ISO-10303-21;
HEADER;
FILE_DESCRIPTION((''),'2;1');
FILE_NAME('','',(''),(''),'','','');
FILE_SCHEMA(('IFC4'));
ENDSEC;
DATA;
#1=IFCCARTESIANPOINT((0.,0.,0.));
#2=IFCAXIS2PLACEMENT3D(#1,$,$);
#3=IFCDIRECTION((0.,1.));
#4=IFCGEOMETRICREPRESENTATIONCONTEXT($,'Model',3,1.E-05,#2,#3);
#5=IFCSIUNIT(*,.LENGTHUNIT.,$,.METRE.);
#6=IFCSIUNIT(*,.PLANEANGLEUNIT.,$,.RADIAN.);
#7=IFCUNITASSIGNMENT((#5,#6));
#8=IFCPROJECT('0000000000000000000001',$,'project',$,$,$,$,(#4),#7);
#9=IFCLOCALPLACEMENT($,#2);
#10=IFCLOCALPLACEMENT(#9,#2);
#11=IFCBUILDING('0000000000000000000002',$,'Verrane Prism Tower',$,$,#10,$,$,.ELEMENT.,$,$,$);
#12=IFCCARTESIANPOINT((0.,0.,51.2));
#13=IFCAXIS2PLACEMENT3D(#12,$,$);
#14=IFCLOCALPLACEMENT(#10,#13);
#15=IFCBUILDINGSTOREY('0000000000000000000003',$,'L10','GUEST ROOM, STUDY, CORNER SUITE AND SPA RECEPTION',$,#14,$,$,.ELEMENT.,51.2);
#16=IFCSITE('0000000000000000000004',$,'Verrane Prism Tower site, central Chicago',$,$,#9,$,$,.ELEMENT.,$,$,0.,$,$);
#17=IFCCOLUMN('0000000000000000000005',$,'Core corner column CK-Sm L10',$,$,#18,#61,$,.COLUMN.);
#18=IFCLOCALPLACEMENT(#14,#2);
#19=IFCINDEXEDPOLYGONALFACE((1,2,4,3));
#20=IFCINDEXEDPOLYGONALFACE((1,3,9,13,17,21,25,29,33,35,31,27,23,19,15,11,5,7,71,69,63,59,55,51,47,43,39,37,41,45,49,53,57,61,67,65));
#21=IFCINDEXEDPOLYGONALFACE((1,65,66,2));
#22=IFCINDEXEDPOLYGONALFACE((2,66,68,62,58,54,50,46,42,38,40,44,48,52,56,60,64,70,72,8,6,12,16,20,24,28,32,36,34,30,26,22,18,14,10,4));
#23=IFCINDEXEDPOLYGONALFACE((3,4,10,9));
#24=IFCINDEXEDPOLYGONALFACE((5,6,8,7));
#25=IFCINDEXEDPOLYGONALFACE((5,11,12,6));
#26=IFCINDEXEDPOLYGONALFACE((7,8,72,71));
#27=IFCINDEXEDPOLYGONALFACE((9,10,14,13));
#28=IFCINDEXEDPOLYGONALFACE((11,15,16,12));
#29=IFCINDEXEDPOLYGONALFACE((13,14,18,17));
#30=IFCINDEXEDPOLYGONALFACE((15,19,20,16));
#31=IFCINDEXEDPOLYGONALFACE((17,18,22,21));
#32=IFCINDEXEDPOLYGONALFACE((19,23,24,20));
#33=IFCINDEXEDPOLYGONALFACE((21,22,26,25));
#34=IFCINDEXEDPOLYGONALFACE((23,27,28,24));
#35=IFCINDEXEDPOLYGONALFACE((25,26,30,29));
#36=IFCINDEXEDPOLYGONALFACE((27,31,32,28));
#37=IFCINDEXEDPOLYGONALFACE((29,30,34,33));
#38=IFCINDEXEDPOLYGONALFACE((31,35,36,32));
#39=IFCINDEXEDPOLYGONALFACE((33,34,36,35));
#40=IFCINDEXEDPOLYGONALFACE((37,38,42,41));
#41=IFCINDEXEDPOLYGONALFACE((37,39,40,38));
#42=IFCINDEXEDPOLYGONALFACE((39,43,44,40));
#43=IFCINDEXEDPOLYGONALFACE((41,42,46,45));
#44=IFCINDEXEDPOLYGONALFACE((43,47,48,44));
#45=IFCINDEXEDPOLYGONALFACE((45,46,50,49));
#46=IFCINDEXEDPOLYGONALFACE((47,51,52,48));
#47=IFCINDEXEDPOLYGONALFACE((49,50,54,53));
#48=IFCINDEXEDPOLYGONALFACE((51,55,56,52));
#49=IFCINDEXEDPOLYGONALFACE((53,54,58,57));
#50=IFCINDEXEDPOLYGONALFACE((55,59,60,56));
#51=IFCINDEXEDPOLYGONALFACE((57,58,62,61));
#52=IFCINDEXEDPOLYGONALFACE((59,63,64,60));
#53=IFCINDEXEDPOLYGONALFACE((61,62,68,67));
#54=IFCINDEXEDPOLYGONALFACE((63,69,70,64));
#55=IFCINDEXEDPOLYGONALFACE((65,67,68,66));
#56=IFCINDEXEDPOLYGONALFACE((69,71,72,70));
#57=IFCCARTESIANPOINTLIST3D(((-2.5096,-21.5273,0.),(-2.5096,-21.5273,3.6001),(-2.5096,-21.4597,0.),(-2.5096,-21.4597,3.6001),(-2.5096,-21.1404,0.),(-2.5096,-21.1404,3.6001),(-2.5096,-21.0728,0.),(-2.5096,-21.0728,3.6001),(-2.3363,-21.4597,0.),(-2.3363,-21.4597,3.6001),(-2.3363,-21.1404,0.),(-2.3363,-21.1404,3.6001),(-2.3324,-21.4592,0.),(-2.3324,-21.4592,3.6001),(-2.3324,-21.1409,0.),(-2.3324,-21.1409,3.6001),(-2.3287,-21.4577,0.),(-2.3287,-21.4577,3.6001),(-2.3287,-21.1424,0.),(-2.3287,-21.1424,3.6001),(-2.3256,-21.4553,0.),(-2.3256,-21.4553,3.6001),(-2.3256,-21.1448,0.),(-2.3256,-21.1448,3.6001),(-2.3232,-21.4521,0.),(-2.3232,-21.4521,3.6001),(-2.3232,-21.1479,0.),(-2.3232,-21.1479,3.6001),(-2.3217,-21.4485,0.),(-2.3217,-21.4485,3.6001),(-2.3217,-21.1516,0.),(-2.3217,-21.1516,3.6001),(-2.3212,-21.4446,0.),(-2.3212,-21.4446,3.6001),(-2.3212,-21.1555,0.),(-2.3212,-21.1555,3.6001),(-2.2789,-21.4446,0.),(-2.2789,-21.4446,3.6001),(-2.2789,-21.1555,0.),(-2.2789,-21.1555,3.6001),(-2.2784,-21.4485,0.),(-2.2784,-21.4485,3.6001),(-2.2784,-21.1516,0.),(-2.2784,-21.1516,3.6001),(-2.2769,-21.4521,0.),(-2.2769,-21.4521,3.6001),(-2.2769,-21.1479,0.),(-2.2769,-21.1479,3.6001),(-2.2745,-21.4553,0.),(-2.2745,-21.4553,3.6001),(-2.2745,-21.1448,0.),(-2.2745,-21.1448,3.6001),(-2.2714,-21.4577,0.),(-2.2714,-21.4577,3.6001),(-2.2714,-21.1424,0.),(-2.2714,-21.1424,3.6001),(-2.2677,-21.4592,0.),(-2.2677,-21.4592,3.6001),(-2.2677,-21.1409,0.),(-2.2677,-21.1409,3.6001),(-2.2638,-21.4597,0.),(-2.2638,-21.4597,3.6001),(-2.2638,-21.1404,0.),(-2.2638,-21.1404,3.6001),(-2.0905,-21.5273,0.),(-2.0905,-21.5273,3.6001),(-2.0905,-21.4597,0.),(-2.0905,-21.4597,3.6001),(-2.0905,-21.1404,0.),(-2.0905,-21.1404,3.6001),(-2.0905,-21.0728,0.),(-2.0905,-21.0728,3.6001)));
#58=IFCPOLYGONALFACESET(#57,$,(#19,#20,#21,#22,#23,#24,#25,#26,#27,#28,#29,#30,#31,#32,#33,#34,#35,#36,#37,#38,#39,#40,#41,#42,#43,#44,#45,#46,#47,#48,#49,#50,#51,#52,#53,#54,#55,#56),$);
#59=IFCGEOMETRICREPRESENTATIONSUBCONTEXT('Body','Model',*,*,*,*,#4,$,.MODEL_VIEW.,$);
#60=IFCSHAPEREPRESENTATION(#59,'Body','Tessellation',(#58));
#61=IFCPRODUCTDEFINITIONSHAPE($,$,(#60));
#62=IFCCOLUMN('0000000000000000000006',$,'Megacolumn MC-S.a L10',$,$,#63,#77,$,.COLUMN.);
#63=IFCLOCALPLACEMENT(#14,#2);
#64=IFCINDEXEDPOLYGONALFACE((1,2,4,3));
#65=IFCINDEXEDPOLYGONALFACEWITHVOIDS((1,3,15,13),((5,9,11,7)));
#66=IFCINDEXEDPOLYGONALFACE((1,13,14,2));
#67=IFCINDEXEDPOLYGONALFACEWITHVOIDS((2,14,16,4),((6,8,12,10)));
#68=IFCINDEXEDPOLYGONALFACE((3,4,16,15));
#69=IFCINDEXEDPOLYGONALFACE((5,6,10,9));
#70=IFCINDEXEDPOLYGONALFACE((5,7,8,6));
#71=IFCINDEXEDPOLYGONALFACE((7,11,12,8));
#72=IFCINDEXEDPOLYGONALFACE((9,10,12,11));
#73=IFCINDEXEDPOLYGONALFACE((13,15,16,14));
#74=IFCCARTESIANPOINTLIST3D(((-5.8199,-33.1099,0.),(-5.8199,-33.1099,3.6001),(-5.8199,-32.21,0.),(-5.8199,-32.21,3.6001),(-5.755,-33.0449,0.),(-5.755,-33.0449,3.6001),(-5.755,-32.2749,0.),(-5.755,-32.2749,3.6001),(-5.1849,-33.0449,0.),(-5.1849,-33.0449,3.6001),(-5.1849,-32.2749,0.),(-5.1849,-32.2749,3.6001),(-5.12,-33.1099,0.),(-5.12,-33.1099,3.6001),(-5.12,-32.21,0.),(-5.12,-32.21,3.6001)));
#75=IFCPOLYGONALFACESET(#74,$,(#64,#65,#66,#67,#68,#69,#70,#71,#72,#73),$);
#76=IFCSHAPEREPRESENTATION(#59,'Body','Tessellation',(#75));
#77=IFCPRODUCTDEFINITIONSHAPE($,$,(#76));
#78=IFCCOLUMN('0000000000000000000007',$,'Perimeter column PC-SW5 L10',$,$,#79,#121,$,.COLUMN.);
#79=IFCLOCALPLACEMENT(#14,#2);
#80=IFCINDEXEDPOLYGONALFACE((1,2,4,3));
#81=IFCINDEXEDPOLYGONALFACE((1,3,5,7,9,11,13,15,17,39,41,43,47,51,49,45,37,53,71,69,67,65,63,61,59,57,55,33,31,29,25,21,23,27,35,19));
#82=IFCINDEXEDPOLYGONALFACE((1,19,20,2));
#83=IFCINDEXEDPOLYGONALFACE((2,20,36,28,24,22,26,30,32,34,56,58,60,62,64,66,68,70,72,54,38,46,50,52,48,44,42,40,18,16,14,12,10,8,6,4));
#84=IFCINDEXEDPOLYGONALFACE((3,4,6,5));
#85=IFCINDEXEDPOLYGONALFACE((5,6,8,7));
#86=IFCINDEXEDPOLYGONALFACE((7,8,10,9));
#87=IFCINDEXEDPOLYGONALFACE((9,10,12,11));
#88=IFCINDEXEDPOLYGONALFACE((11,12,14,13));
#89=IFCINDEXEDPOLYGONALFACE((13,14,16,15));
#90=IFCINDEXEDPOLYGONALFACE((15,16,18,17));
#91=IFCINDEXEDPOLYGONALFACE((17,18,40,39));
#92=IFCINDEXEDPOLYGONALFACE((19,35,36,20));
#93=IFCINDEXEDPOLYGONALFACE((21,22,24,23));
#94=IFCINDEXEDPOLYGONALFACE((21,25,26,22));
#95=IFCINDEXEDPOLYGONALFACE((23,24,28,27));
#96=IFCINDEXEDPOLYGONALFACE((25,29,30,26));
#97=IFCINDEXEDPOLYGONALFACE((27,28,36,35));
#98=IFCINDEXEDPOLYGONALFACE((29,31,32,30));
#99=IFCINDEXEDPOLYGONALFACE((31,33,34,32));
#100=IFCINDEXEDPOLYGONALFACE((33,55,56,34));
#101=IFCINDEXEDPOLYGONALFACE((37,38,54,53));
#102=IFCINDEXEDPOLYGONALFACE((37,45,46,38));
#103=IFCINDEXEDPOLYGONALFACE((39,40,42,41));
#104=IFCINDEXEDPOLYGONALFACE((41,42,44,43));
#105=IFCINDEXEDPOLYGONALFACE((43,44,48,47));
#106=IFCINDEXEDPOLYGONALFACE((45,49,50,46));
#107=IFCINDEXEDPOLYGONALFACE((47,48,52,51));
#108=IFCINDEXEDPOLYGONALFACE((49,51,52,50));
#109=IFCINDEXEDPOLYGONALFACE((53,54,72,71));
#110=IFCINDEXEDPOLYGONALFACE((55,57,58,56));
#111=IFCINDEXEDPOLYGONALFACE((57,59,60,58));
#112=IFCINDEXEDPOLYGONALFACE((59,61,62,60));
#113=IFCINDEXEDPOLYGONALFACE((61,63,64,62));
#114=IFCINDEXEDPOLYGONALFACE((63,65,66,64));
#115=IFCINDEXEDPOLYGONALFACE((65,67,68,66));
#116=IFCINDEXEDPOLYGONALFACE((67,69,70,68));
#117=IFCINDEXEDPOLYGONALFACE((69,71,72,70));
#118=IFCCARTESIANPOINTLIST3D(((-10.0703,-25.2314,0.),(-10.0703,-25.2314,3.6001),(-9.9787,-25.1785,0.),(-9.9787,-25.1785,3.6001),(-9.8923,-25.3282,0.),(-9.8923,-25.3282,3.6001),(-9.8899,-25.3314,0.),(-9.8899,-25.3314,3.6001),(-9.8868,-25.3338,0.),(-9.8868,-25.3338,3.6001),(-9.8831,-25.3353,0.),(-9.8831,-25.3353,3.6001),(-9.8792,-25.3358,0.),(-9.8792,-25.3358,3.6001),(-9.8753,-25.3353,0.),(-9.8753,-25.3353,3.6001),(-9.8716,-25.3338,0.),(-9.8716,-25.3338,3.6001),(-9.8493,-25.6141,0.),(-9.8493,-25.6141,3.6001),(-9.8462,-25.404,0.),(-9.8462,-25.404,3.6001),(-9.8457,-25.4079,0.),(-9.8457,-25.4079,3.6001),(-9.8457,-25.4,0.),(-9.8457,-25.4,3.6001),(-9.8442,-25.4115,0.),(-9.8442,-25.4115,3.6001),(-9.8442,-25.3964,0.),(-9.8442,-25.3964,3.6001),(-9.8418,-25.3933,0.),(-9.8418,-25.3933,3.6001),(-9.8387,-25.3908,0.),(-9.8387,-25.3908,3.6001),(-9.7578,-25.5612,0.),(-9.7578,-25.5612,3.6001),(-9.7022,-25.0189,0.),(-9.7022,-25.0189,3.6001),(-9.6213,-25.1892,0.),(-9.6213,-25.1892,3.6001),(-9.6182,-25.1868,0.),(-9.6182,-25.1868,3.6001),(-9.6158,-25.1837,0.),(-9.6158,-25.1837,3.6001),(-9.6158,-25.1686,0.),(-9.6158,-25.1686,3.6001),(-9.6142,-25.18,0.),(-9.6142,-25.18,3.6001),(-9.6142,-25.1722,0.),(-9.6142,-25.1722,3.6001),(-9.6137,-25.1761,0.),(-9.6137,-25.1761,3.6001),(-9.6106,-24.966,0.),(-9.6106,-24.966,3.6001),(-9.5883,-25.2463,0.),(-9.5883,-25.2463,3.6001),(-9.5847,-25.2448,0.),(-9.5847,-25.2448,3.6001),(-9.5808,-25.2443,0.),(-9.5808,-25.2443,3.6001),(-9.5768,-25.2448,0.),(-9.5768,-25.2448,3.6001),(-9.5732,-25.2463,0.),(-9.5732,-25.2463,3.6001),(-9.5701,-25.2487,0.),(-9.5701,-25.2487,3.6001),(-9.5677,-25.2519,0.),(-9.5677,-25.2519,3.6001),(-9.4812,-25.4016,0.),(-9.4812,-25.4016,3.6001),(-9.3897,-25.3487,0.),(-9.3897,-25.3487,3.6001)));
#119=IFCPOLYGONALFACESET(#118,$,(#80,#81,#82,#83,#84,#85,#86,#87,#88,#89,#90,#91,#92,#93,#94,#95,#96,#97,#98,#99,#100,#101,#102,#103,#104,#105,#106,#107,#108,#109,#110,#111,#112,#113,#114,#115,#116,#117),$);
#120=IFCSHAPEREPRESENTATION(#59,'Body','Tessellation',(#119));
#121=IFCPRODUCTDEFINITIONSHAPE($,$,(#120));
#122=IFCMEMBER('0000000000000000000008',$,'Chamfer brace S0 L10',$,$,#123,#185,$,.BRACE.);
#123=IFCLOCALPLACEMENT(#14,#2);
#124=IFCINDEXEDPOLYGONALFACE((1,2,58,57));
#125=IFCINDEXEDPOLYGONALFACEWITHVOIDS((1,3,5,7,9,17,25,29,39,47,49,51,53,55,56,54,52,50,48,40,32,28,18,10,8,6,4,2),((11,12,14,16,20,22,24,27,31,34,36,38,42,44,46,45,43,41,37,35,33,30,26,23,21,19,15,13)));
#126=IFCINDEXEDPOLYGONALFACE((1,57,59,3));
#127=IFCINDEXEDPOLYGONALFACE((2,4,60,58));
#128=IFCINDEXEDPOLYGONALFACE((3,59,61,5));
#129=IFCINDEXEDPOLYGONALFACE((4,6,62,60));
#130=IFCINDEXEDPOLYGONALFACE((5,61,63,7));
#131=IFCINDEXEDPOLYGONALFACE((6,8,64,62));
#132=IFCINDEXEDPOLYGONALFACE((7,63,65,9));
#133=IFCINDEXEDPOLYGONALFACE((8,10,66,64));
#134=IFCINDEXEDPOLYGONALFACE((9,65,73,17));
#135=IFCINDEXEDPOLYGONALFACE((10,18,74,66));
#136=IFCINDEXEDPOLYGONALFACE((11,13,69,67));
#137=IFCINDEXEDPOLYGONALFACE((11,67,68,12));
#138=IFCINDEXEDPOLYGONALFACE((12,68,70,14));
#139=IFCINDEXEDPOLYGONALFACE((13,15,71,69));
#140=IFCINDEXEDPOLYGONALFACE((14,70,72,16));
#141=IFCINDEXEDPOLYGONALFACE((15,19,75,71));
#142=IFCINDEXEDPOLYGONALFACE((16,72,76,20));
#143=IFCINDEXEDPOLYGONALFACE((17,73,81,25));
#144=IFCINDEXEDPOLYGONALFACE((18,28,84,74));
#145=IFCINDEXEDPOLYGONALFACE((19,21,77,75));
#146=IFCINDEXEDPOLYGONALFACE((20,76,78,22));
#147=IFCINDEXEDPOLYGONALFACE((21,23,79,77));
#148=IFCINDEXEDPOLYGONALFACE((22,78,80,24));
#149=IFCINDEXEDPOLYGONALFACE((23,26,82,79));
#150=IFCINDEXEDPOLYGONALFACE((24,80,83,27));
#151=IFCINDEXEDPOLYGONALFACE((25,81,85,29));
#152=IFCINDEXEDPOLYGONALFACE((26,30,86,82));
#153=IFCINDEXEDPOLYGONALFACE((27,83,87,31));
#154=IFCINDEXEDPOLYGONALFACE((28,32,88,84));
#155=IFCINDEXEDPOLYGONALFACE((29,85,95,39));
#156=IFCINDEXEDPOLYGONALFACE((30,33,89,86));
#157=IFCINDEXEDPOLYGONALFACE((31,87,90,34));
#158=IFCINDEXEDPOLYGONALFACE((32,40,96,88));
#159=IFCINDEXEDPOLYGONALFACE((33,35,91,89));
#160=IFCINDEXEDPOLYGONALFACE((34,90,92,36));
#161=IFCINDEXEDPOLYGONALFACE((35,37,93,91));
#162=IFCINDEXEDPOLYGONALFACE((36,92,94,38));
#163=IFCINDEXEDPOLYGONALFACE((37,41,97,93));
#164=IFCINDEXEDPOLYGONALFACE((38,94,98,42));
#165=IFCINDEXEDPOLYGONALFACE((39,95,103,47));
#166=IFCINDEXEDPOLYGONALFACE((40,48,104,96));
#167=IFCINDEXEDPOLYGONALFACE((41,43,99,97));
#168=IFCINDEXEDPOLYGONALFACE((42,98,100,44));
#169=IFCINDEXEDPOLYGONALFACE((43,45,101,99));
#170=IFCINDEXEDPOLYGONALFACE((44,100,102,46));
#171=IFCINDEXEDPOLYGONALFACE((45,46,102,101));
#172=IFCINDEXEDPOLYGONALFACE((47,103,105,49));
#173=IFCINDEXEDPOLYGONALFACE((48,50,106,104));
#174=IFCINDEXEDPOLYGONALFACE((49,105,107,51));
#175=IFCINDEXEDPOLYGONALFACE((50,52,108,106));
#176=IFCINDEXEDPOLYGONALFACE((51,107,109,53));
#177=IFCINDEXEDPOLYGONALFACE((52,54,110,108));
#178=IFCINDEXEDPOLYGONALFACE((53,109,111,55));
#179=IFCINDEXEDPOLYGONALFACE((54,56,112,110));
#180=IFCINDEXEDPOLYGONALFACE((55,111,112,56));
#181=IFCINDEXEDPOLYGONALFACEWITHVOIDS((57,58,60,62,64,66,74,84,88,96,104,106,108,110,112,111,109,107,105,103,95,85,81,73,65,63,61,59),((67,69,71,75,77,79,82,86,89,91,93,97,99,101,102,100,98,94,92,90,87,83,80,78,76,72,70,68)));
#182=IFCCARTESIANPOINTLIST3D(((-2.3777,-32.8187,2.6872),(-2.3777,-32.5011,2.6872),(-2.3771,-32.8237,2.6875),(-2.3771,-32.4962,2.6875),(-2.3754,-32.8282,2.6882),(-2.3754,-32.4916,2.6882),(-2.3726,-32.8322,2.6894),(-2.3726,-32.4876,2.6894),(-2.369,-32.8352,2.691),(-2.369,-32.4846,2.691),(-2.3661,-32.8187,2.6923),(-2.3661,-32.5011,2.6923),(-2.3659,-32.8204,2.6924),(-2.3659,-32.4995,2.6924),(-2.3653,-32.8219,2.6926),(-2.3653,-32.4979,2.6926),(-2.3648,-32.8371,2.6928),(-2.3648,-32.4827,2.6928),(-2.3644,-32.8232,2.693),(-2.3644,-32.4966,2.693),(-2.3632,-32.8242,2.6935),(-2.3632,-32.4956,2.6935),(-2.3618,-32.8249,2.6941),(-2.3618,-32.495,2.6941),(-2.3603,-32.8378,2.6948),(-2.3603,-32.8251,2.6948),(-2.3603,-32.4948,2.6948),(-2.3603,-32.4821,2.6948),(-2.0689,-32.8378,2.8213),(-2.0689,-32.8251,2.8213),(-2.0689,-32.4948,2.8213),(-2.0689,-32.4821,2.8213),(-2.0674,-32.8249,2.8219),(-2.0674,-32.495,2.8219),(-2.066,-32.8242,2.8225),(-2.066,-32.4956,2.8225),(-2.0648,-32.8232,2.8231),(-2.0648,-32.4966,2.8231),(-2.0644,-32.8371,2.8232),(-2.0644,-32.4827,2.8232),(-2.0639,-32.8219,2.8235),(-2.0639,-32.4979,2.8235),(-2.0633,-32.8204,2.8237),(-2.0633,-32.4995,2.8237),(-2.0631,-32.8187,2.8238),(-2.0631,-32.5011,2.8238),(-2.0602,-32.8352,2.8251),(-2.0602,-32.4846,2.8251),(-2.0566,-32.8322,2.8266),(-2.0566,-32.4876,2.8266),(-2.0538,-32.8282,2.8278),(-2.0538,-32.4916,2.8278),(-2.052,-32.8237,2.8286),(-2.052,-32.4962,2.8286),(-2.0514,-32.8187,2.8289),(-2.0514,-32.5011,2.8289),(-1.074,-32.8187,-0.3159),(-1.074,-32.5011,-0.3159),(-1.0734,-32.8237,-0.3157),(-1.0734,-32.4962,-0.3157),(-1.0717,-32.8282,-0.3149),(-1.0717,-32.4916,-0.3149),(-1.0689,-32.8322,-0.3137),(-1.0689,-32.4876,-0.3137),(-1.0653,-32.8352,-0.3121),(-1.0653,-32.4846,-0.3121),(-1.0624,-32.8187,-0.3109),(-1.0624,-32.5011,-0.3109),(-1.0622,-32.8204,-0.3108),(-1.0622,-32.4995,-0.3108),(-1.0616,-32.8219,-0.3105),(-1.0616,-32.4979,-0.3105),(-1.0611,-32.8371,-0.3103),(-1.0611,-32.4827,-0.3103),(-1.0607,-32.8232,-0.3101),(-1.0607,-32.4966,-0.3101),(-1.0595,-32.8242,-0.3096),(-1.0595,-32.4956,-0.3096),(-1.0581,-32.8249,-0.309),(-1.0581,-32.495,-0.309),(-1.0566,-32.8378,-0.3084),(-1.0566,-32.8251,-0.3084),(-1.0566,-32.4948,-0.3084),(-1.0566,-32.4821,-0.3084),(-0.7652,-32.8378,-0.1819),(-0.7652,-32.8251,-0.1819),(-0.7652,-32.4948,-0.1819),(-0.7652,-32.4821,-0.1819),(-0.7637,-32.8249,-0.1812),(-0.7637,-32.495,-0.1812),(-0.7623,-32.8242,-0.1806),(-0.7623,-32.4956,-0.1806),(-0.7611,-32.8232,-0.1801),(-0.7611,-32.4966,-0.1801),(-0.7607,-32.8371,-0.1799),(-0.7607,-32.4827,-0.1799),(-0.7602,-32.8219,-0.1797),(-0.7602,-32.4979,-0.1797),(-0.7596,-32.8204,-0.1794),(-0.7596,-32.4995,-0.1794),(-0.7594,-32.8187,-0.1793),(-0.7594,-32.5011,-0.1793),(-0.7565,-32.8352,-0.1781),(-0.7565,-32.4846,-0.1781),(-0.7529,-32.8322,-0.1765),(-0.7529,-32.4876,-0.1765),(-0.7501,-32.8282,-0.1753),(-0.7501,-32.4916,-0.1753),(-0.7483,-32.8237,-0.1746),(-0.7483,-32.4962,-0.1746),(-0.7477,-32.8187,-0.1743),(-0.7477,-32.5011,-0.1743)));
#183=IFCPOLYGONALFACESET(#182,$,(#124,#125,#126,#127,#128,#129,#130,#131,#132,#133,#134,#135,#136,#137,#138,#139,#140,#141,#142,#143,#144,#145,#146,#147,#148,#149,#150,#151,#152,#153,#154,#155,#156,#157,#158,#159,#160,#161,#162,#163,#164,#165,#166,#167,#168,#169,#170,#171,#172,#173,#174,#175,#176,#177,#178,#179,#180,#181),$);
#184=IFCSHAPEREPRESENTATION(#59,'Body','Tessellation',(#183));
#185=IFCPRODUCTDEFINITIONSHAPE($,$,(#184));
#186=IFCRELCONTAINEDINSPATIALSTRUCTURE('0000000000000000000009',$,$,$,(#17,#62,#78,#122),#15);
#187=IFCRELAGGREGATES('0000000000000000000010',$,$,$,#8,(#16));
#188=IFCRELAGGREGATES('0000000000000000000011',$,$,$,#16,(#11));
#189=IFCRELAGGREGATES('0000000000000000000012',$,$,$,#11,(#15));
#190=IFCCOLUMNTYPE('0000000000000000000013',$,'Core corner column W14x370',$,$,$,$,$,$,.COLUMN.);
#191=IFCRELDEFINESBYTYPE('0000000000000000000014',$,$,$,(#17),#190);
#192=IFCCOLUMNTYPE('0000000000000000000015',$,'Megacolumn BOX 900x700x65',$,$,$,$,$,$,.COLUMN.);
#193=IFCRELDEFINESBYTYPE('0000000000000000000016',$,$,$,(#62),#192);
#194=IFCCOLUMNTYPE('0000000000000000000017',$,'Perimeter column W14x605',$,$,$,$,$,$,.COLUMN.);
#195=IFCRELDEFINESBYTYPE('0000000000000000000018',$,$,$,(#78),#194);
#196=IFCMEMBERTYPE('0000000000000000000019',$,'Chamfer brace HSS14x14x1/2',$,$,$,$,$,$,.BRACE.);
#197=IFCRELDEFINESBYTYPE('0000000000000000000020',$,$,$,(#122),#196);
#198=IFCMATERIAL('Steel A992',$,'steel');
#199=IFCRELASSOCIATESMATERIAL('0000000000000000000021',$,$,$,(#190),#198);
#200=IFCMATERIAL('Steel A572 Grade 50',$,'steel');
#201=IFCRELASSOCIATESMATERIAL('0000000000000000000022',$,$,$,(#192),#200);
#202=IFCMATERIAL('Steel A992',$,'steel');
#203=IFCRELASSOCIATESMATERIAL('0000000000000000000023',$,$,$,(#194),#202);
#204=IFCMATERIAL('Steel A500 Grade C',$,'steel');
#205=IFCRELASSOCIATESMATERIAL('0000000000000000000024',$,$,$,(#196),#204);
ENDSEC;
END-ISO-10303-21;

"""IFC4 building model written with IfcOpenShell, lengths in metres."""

from ifc_helpers import new_model, si_unit, direction, frame, origin, origin_2d, place, context, subcontext, project, spatial, hollow_rectangle, i_section, extrude, material, material_profile, profile_set, type_object, element, save


model = new_model("IFC4")

# Units and contexts
model_context = context("Model", 3, precision=1e-05, world=origin(), true_north=direction((0.0, 1.0)))
body_context = subcontext(model_context, "Body", "Model", "MODEL_VIEW")
ifc_project = project(units=[si_unit("LENGTHUNIT", "METRE"), si_unit("PLANEANGLEUNIT", "RADIAN")], contexts=[model_context])

# Site, building, storey
site_placement = place(None, origin())
site = spatial("IfcSite", under=ifc_project, at=site_placement, Name="Verrane Prism Tower site, central Chicago", CompositionType="ELEMENT", RefElevation=0.0)
building_placement = place(site_placement, origin())
building = spatial("IfcBuilding", under=site, at=building_placement, Name="Verrane Prism Tower", CompositionType="ELEMENT")
storey_placement = place(building_placement, frame((0.0, 0.0, 51.2)))
storey = spatial("IfcBuildingStorey", under=building, at=storey_placement, Name="L10", Description="GUEST ROOM, STUDY, CORNER SUITE AND SPA RECEPTION", CompositionType="ELEMENT", Elevation=51.2)

# Columns
ifc_material_1 = material(Name="Steel A992", Category="steel")
ifc_material_profile_1 = material_profile(ifc_material_1, i_section(OverallWidth=0.4192, OverallDepth=0.4546, WebThickness=0.0422, FlangeThickness=0.0676, FilletRadius=0.0151, at=origin_2d()), Name="W14x370")
ifc_profile_set_1 = profile_set([ifc_material_profile_1], Name="Steel A992")
column_type_1 = type_object("IfcColumnType", Name="Core corner column W14x370", PredefinedType="COLUMN", material=ifc_profile_set_1)
column_1_placement = place(storey_placement, frame((-2.3, -21.3, 0.0), z_axis=(0.0, 0.0, 1.0), x_axis=(-1.0, 0.0, 0.0)))
element("IfcColumn", 1, at=column_1_placement, inside=storey, type_object=column_type_1, Name="Core corner column CK-Sm L10", PredefinedType="COLUMN", context=body_context, shape_type="SweptSolid", body=[
    extrude(i_section(OverallWidth=0.4192, OverallDepth=0.4546, WebThickness=0.0422, FlangeThickness=0.0676, FilletRadius=0.0151, at=origin_2d()), origin(), (0.0, 0.0, 1.0), 3.6001),
])
ifc_material_2 = material(Name="Steel A572 Grade 50", Category="steel")
ifc_material_profile_2 = material_profile(ifc_material_2, hollow_rectangle(XDim=0.7, YDim=0.8999, WallThickness=0.0649, at=origin_2d()), Name="BOX 900x700x65")
ifc_profile_set_2 = profile_set([ifc_material_profile_2], Name="Steel A572 Grade 50")
column_type_2 = type_object("IfcColumnType", Name="Megacolumn BOX 900x700x65", PredefinedType="COLUMN", material=ifc_profile_set_2)
column_2_placement = place(storey_placement, frame((-5.47, -32.6599, 0.0), z_axis=(0.0, 0.0, 1.0), x_axis=(-1.0, 0.0, 0.0)))
element("IfcColumn", 2, at=column_2_placement, inside=storey, type_object=column_type_2, Name="Megacolumn MC-S.a L10", PredefinedType="COLUMN", context=body_context, shape_type="SweptSolid", body=[
    extrude(hollow_rectangle(XDim=0.7, YDim=0.8999, WallThickness=0.0649, at=origin_2d()), origin(), (0.0, 0.0, 1.0), 3.6001),
])
ifc_material_3 = material(Name="Steel A992", Category="steel")
ifc_material_profile_3 = material_profile(ifc_material_3, i_section(OverallWidth=0.4419, OverallDepth=0.5308, WebThickness=0.0659, FlangeThickness=0.1057, FilletRadius=0.0151, at=origin_2d()), Name="W14x605")
ifc_profile_set_3 = profile_set([ifc_material_profile_3], Name="Steel A992")
column_type_3 = type_object("IfcColumnType", Name="Perimeter column W14x605", PredefinedType="COLUMN", material=ifc_profile_set_3)
column_3_placement = place(storey_placement, frame((-9.73, -25.29, 0.0), z_axis=(0.0, 0.0, 1.0), x_axis=(-0.5, 0.866025, 0.0)))
element("IfcColumn", 3, at=column_3_placement, inside=storey, type_object=column_type_3, Name="Perimeter column PC-SW5 L10", PredefinedType="COLUMN", context=body_context, shape_type="SweptSolid", body=[
    extrude(i_section(OverallWidth=0.4419, OverallDepth=0.5308, WebThickness=0.0659, FlangeThickness=0.1057, FilletRadius=0.0151, at=origin_2d()), origin(), (0.0, 0.0, 1.0), 3.6001),
])

# Member
ifc_material_4 = material(Name="Steel A500 Grade C", Category="steel")
ifc_material_profile_4 = material_profile(ifc_material_4, hollow_rectangle(XDim=0.3557, YDim=0.3557, WallThickness=0.0127, InnerFilletRadius=0.0063, OuterFilletRadius=0.019, at=origin_2d()), Name="HSS14x14x1/2")
ifc_profile_set_4 = profile_set([ifc_material_profile_4], Name="Steel A500 Grade C")
member_type_1 = type_object("IfcMemberType", Name="Chamfer brace HSS14x14x1/2", PredefinedType="BRACE", material=ifc_profile_set_4)
member_1_placement = place(storey_placement, frame((-0.9109, -32.6599, -0.2451), z_axis=(-0.398208, 0.0, 0.917295), x_axis=(0.0, -1.0, 0.0)))
element("IfcMember", 4, at=member_1_placement, inside=storey, type_object=member_type_1, Name="Chamfer brace S0 L10", PredefinedType="BRACE", context=body_context, shape_type="SweptSolid", body=[
    extrude(hollow_rectangle(XDim=0.3557, YDim=0.3557, WallThickness=0.0127, InnerFilletRadius=0.0063, OuterFilletRadius=0.019, at=origin_2d()), origin(), (0.0, 0.0, 1.0), 3.2739),
])

save(model, "model.ifc")
